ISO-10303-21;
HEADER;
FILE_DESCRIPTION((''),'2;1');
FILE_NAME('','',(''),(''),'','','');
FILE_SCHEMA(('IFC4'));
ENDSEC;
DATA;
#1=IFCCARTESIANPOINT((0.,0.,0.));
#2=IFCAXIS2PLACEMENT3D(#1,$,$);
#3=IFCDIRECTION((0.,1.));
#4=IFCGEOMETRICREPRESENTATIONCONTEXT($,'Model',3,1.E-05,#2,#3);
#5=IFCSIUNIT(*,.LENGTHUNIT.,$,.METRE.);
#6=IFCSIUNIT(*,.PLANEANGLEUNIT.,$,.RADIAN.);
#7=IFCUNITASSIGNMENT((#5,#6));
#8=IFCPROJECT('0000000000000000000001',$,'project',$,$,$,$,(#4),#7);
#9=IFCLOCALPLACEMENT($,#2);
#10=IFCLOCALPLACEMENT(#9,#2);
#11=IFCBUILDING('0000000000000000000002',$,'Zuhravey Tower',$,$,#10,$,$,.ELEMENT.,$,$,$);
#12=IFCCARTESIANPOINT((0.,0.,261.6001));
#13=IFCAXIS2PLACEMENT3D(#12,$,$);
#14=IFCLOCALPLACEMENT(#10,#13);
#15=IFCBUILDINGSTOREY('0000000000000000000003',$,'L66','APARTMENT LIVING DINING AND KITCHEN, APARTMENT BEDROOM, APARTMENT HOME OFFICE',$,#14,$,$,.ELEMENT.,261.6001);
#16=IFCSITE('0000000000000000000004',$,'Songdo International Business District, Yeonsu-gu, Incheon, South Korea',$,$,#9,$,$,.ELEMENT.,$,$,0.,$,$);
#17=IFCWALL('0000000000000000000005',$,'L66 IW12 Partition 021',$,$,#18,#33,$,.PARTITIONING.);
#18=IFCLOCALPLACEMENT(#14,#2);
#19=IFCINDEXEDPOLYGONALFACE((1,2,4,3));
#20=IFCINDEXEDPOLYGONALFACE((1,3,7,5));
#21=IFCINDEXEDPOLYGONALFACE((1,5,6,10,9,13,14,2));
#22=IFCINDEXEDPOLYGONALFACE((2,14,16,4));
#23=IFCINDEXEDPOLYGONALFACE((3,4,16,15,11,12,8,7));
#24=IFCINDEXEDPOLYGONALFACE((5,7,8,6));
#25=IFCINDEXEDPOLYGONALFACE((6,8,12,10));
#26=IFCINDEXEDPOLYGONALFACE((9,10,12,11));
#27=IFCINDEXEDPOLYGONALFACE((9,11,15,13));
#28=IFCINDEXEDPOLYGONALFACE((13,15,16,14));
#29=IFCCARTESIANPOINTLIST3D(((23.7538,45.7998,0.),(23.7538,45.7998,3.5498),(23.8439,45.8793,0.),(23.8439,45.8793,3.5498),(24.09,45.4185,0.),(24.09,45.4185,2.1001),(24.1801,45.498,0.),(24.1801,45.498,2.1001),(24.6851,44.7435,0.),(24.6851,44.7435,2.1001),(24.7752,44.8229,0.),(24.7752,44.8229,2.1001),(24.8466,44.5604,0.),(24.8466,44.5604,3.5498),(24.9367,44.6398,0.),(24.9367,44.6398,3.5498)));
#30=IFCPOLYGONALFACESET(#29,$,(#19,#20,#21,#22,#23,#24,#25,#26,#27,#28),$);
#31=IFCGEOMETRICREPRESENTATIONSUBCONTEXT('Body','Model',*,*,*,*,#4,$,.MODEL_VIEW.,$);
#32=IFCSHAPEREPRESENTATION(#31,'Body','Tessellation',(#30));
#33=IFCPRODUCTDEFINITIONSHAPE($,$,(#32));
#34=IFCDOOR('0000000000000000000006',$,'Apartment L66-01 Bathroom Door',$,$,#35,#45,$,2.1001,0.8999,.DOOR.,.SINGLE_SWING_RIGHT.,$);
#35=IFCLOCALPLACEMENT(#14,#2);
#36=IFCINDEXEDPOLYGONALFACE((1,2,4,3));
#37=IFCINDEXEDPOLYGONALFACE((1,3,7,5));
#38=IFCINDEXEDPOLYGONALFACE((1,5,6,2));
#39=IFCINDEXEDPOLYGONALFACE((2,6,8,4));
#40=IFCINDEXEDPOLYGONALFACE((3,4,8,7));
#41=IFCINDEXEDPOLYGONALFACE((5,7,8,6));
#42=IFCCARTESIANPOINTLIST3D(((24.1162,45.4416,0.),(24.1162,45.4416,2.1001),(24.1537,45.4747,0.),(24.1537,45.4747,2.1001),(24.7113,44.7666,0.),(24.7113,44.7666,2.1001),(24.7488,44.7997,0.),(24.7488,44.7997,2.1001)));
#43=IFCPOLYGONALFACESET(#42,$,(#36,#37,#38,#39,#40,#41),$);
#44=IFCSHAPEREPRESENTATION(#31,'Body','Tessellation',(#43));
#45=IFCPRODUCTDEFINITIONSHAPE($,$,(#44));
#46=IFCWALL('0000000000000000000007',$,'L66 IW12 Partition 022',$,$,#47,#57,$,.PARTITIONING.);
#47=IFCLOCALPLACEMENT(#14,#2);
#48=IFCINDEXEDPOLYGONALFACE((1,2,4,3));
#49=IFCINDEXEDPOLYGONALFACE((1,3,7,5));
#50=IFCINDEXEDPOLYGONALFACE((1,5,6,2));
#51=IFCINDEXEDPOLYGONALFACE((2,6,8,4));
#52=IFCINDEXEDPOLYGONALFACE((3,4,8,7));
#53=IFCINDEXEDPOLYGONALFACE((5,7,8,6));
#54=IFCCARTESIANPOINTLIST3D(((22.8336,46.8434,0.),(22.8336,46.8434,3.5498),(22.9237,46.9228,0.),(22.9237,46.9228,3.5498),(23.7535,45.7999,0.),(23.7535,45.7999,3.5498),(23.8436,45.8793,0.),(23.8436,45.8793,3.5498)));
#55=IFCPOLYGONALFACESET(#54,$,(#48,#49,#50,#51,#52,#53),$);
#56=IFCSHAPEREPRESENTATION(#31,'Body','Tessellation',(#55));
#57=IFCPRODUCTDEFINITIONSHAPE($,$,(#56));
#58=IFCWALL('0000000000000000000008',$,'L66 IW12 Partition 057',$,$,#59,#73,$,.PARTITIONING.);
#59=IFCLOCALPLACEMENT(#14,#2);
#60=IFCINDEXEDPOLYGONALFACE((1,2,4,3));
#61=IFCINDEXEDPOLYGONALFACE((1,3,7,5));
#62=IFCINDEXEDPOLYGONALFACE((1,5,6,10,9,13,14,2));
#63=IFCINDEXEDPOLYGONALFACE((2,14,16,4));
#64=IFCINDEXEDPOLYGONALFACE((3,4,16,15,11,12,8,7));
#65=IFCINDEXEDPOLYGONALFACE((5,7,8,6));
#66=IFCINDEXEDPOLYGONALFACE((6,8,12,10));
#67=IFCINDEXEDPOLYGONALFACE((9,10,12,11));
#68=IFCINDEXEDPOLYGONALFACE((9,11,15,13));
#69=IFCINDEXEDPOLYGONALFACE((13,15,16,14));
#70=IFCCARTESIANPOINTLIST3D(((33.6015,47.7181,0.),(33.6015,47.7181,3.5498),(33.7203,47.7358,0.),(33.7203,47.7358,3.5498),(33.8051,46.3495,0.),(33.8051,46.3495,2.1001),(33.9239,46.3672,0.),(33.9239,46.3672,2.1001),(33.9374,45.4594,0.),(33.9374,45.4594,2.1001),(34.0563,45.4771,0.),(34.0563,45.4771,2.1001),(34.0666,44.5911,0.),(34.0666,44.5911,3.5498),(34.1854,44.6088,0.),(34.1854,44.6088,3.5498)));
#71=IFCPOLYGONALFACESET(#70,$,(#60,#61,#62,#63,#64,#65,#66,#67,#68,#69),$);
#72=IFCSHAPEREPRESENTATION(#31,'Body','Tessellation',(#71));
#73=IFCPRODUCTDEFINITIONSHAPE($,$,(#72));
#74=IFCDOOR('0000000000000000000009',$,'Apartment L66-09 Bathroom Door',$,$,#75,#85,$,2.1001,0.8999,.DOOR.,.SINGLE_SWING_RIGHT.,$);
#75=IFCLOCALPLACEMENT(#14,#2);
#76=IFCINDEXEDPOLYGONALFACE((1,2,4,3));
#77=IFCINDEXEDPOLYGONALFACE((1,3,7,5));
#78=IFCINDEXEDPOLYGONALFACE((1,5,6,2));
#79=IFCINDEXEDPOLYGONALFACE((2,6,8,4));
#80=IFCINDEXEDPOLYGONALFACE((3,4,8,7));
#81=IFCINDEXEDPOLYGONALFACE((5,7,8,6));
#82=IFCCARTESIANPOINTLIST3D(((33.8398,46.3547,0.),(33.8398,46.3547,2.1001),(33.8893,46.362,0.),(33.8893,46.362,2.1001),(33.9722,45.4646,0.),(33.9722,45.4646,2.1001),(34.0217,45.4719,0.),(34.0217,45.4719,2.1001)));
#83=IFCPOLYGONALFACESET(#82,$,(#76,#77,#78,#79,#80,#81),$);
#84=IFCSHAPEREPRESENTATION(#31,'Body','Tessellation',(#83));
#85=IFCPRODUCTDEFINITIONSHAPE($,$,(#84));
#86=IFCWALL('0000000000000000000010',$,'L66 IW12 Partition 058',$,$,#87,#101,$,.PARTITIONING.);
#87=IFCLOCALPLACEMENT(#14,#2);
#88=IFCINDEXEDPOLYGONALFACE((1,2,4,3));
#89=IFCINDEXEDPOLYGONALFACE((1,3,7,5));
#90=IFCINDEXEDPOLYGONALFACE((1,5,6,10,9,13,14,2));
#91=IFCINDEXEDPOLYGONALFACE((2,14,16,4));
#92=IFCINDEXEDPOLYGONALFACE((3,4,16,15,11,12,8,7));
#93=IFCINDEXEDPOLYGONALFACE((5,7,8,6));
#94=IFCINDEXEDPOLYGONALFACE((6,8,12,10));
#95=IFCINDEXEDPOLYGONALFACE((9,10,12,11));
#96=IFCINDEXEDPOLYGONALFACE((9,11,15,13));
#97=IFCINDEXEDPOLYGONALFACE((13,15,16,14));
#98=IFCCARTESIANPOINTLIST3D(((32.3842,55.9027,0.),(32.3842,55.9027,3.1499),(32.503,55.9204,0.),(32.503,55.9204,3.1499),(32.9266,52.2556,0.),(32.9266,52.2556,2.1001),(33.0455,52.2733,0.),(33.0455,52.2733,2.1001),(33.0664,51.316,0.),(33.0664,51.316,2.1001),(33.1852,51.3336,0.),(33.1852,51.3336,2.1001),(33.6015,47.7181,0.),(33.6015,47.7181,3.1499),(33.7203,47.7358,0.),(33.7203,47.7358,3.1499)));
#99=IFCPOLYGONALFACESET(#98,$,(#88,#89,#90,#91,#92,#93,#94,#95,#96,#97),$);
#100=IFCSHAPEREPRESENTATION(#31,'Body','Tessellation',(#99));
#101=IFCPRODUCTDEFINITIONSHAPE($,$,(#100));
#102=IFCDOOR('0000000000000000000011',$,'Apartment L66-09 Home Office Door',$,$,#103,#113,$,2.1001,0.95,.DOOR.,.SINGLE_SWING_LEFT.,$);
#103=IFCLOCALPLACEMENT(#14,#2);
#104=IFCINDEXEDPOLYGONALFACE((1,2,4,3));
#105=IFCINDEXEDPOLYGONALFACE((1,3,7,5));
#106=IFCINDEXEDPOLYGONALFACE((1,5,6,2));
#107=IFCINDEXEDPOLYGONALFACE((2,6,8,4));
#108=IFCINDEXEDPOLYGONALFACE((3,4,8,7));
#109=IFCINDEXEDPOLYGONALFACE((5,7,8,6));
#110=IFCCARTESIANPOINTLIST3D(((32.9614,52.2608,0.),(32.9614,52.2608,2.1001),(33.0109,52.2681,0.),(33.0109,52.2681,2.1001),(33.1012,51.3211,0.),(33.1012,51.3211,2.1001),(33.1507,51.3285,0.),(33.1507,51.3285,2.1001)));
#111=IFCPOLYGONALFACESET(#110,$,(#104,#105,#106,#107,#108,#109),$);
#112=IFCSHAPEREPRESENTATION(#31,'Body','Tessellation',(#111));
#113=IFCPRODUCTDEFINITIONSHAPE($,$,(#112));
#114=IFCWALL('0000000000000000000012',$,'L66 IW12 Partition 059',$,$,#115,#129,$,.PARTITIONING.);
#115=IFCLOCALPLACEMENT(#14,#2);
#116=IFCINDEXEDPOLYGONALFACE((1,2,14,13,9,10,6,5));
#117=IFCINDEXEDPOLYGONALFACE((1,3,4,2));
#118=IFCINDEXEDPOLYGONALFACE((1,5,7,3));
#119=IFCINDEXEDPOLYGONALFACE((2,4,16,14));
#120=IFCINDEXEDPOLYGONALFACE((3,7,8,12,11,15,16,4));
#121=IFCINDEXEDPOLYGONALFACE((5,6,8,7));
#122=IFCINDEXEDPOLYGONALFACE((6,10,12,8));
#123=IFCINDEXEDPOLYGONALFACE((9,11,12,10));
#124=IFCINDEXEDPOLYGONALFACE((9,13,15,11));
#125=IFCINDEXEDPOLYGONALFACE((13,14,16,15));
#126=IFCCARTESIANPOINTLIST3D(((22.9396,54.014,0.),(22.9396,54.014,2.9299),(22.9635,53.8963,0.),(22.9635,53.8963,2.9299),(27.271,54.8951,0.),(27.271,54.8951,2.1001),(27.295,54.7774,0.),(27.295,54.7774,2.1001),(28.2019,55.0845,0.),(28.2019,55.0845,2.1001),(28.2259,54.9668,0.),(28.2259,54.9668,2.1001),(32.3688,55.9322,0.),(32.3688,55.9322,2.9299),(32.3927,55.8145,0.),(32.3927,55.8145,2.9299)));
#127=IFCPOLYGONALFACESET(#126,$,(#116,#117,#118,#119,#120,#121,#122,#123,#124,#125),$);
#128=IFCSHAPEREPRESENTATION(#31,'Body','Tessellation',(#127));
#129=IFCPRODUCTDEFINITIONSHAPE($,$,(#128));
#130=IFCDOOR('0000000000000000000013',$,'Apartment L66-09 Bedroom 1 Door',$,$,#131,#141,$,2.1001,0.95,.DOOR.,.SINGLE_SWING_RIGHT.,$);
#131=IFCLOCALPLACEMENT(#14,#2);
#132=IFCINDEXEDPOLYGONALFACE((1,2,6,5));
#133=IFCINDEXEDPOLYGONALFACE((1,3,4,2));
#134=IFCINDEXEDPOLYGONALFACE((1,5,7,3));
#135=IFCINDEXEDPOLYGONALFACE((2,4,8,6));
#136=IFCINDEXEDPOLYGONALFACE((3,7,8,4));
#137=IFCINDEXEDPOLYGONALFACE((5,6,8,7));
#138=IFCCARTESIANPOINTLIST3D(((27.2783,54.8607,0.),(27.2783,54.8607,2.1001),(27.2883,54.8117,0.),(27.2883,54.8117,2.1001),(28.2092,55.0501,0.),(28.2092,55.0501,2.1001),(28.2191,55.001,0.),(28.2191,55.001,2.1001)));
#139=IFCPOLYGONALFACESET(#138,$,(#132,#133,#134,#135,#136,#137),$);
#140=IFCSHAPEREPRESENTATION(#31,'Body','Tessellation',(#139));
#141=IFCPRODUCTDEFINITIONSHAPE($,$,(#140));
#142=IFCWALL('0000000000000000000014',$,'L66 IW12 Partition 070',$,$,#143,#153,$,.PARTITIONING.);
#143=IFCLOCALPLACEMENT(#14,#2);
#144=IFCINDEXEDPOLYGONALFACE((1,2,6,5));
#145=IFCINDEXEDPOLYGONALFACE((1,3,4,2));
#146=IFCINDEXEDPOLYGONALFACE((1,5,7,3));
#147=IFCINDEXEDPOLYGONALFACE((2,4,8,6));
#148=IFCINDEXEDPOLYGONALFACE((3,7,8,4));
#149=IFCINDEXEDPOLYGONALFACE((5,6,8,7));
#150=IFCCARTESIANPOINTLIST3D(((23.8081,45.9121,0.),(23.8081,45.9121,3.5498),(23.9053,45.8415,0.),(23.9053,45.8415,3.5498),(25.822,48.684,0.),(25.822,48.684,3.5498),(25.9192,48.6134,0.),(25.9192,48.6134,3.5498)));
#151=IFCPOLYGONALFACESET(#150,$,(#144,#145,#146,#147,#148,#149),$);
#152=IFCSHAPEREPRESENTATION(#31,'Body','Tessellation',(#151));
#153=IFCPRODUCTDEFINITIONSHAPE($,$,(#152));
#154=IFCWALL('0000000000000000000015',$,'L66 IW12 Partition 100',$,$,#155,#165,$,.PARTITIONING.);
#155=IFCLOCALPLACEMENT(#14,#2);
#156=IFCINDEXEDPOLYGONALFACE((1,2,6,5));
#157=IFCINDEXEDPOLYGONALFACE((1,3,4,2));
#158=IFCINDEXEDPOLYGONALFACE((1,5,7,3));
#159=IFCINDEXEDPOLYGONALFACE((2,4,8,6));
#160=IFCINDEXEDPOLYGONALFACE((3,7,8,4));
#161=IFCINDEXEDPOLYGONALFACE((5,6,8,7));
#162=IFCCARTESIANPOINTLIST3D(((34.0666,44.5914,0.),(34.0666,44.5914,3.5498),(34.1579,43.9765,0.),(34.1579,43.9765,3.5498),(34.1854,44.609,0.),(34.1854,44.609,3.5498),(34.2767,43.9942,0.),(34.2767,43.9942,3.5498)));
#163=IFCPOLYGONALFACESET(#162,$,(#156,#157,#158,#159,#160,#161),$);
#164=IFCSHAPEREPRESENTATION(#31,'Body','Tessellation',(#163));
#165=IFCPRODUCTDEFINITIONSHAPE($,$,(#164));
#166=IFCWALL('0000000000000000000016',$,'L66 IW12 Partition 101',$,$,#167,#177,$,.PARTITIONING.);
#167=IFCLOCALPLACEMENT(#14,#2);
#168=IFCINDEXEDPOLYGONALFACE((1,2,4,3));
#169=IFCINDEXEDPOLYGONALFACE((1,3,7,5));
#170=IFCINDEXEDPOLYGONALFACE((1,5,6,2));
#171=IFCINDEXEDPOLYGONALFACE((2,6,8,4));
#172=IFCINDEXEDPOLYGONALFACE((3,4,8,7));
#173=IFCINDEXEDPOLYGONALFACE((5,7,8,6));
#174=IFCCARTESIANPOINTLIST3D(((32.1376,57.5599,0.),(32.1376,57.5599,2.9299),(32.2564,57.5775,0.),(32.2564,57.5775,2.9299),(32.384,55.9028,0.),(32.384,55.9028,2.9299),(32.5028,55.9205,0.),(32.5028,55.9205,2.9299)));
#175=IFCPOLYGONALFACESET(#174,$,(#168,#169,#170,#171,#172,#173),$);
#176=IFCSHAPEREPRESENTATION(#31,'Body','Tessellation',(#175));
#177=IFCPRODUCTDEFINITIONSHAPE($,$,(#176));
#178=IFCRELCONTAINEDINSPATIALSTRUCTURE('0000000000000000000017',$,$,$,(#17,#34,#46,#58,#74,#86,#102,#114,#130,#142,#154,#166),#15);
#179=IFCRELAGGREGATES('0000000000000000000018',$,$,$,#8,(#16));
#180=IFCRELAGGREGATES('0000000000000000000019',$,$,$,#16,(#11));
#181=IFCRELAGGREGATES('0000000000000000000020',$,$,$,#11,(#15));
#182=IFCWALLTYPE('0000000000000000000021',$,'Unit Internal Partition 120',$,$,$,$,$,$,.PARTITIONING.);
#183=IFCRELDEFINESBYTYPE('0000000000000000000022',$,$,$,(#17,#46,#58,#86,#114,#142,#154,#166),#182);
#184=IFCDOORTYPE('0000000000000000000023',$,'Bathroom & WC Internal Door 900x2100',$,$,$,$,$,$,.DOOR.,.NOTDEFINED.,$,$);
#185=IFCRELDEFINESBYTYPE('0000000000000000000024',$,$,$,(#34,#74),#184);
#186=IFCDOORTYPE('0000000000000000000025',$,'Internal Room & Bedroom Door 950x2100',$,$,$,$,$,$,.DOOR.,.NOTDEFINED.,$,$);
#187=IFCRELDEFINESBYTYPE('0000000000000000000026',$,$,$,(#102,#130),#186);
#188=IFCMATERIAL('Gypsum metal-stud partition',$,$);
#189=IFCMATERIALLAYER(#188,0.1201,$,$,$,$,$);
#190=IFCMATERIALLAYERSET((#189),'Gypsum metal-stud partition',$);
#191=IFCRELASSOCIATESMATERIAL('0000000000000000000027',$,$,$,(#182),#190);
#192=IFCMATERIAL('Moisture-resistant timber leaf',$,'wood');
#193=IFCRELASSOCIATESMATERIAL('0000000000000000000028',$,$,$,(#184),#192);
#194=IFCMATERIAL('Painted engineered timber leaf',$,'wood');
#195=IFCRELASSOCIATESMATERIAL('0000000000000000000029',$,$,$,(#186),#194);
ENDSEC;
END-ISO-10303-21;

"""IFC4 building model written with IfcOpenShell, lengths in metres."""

from ifc_helpers import new_model, si_unit, direction, frame, frame_2d, origin, place, context, subcontext, project, spatial, rectangle, extrude, material, layer, layer_set, type_object, element, fill, save


model = new_model("IFC4")

# Units and contexts
model_context = context("Model", 3, precision=1e-05, world=origin(), true_north=direction((0.0, 1.0)))
body_context = subcontext(model_context, "Body", "Model", "MODEL_VIEW")
ifc_project = project(units=[si_unit("LENGTHUNIT", "METRE"), si_unit("PLANEANGLEUNIT", "RADIAN")], contexts=[model_context])

# Site, building, storey
site_placement = place(None, origin())
site = spatial("IfcSite", under=ifc_project, at=site_placement, Name="Songdo International Business District, Yeonsu-gu, Incheon, South Korea", CompositionType="ELEMENT", RefElevation=0.0)
building_placement = place(site_placement, origin())
building = spatial("IfcBuilding", under=site, at=building_placement, Name="Zuhravey Tower", CompositionType="ELEMENT")
storey_placement = place(building_placement, frame((0.0, 0.0, 261.6001)))
storey = spatial("IfcBuildingStorey", under=building, at=storey_placement, Name="L66", Description="APARTMENT LIVING DINING AND KITCHEN, APARTMENT BEDROOM, APARTMENT HOME OFFICE", CompositionType="ELEMENT", Elevation=261.6001)

# Wall, opening, door
ifc_material_1 = material(Name="Gypsum metal-stud partition")
ifc_layer_1 = layer(ifc_material_1, 0.1201)
ifc_layer_set_1 = layer_set([ifc_layer_1], Name="Gypsum metal-stud partition")
wall_type_1 = type_object("IfcWallType", Name="Unit Internal Partition 120", PredefinedType="PARTITIONING", material=ifc_layer_set_1)
wall_1_placement = place(storey_placement, frame((24.8916, 44.6001, 0.0), z_axis=(0.0, 0.0, 1.0), x_axis=(-0.661314, 0.750109, 0.0)))
wall_1 = element("IfcWall", 1, at=wall_1_placement, inside=storey, type_object=wall_type_1, Name="L66 IW12 Partition 021", PredefinedType="PARTITIONING", context=body_context, shape_type="SweptSolid", body=[
    extrude(rectangle(XDim=1.6523, YDim=0.1201, at=frame_2d((0.8262, 0.0))), origin(), (0.0, 0.0, 1.0), 3.5498),
])
opening_1_placement = place(wall_1_placement, frame((0.2441, 0.0, 0.0)))
opening_1 = element("IfcOpeningElement", 2, at=opening_1_placement, cuts=wall_1, PredefinedType="OPENING", context=body_context, shape_type="SweptSolid", body=[
    extrude(rectangle(XDim=0.8999, YDim=2.1001, at=frame_2d((0.45, 1.05))), frame((0.0, 0.072, 0.0), z_axis=(0.0, -1.0, 0.0), x_axis=(1.0, 0.0, 0.0)), (0.0, 0.0, 1.0), 0.144),
])
ifc_material_2 = material(Name="Moisture-resistant timber leaf", Category="wood")
door_type_1 = type_object("IfcDoorType", Name="Bathroom & WC Internal Door 900x2100", OperationType="NOTDEFINED", PredefinedType="DOOR", material=ifc_material_2)
door_1_placement = place(opening_1_placement, frame((0.8999, 0.0, 0.0), z_axis=(0.0, 0.0, 1.0), x_axis=(-1.0, 0.0, 0.0)))
door_1 = element("IfcDoor", 3, at=door_1_placement, inside=storey, type_object=door_type_1, Name="Apartment L66-01 Bathroom Door", OperationType="SINGLE_SWING_RIGHT", OverallHeight=2.1001, OverallWidth=0.8999, PredefinedType="DOOR", context=body_context, shape_type="SweptSolid", body=[
    extrude(rectangle(XDim=0.8999, YDim=2.1001, at=frame_2d((0.45, 1.05))), frame((0.0, 0.0249, 0.0), z_axis=(0.0, -1.0, 0.0), x_axis=(1.0, 0.0, 0.0)), (0.0, 0.0, 1.0), 0.05),
])
fill(opening_1, door_1)

# Wall
wall_2_placement = place(storey_placement, frame((23.7986, 45.8396, 0.0), z_axis=(0.0, 0.0, 1.0), x_axis=(-0.661308, 0.750114, 0.0)))
element("IfcWall", 4, at=wall_2_placement, inside=storey, type_object=wall_type_1, Name="L66 IW12 Partition 022", PredefinedType="PARTITIONING", context=body_context, shape_type="SweptSolid", body=[
    extrude(rectangle(XDim=1.3911, YDim=0.1201, at=frame_2d((0.6956, 0.0))), origin(), (0.0, 0.0, 1.0), 3.5498),
])

# Walls, openings, doors
wall_3_placement = place(storey_placement, frame((34.126, 44.6001, 0.0), z_axis=(0.0, 0.0, 1.0), x_axis=(-0.147117, 0.989119, 0.0)))
wall_3 = element("IfcWall", 5, at=wall_3_placement, inside=storey, type_object=wall_type_1, Name="L66 IW12 Partition 057", PredefinedType="PARTITIONING", context=body_context, shape_type="SweptSolid", body=[
    extrude(rectangle(XDim=3.1614, YDim=0.1201, at=frame_2d((1.5806, 0.0))), origin(), (0.0, 0.0, 1.0), 3.5498),
])
opening_2_placement = place(wall_3_placement, frame((0.8777, 0.0, 0.0)))
opening_2 = element("IfcOpeningElement", 6, at=opening_2_placement, cuts=wall_3, PredefinedType="OPENING", context=body_context, shape_type="SweptSolid", body=[
    extrude(rectangle(XDim=0.8999, YDim=2.1001, at=frame_2d((0.45, 1.05))), frame((0.0, 0.072, 0.0), z_axis=(0.0, -1.0, 0.0), x_axis=(1.0, 0.0, 0.0)), (0.0, 0.0, 1.0), 0.144),
])
door_2_placement = place(opening_2_placement, origin())
door_2 = element("IfcDoor", 7, at=door_2_placement, inside=storey, type_object=door_type_1, Name="Apartment L66-09 Bathroom Door", OperationType="SINGLE_SWING_RIGHT", OverallHeight=2.1001, OverallWidth=0.8999, PredefinedType="DOOR", context=body_context, shape_type="SweptSolid", body=[
    extrude(rectangle(XDim=0.8999, YDim=2.1001, at=frame_2d((0.45, 1.05))), frame((0.0, 0.0249, 0.0), z_axis=(0.0, -1.0, 0.0), x_axis=(1.0, 0.0, 0.0)), (0.0, 0.0, 1.0), 0.05),
])
fill(opening_2, door_2)
wall_4_placement = place(storey_placement, frame((33.6609, 47.7271, 0.0), z_axis=(0.0, 0.0, 1.0), x_axis=(-0.147111, 0.98912, 0.0)))
wall_4 = element("IfcWall", 8, at=wall_4_placement, inside=storey, type_object=wall_type_1, Name="L66 IW12 Partition 058", PredefinedType="PARTITIONING", context=body_context, shape_type="SweptSolid", body=[
    extrude(rectangle(XDim=8.2747, YDim=0.1201, at=frame_2d((4.1372, 0.0))), origin(), (0.0, 0.0, 1.0), 3.1499),
])
opening_3_placement = place(wall_4_placement, frame((3.6372, 0.0, 0.0)))
opening_3 = element("IfcOpeningElement", 9, at=opening_3_placement, cuts=wall_4, PredefinedType="OPENING", context=body_context, shape_type="SweptSolid", body=[
    extrude(rectangle(XDim=0.95, YDim=2.1001, at=frame_2d((0.4751, 1.05))), frame((0.0, 0.072, 0.0), z_axis=(0.0, -1.0, 0.0), x_axis=(1.0, 0.0, 0.0)), (0.0, 0.0, 1.0), 0.144),
])
ifc_material_3 = material(Name="Painted engineered timber leaf", Category="wood")
door_type_2 = type_object("IfcDoorType", Name="Internal Room & Bedroom Door 950x2100", OperationType="NOTDEFINED", PredefinedType="DOOR", material=ifc_material_3)
door_3_placement = place(opening_3_placement, origin())
door_3 = element("IfcDoor", 10, at=door_3_placement, inside=storey, type_object=door_type_2, Name="Apartment L66-09 Home Office Door", OperationType="SINGLE_SWING_LEFT", OverallHeight=2.1001, OverallWidth=0.95, PredefinedType="DOOR", context=body_context, shape_type="SweptSolid", body=[
    extrude(rectangle(XDim=0.95, YDim=2.1001, at=frame_2d((0.4751, 1.05))), frame((0.0, 0.0249, 0.0), z_axis=(0.0, -1.0, 0.0), x_axis=(1.0, 0.0, 0.0)), (0.0, 0.0, 1.0), 0.05),
])
fill(opening_3, door_3)
wall_5_placement = place(storey_placement, frame((32.3806, 55.8733, 0.0), z_axis=(0.0, 0.0, 1.0), x_axis=(-0.979928, -0.19935, 0.0)))
wall_5 = element("IfcWall", 11, at=wall_5_placement, inside=storey, type_object=wall_type_1, Name="L66 IW12 Partition 059", PredefinedType="PARTITIONING", context=body_context, shape_type="SweptSolid", body=[
    extrude(rectangle(XDim=9.6223, YDim=0.1201, at=frame_2d((4.811, 0.0))), origin(), (0.0, 0.0, 1.0), 2.9299),
])
opening_4_placement = place(wall_5_placement, frame((4.252, 0.0, 0.0)))
opening_4 = element("IfcOpeningElement", 12, at=opening_4_placement, cuts=wall_5, PredefinedType="OPENING", context=body_context, shape_type="SweptSolid", body=[
    extrude(rectangle(XDim=0.95, YDim=2.1001, at=frame_2d((0.4751, 1.05))), frame((0.0, 0.072, 0.0), z_axis=(0.0, -1.0, 0.0), x_axis=(1.0, 0.0, 0.0)), (0.0, 0.0, 1.0), 0.144),
])
door_4_placement = place(opening_4_placement, frame((0.95, 0.0, 0.0), z_axis=(0.0, 0.0, 1.0), x_axis=(-1.0, 0.0, 0.0)))
door_4 = element("IfcDoor", 13, at=door_4_placement, inside=storey, type_object=door_type_2, Name="Apartment L66-09 Bedroom 1 Door", OperationType="SINGLE_SWING_RIGHT", OverallHeight=2.1001, OverallWidth=0.95, PredefinedType="DOOR", context=body_context, shape_type="SweptSolid", body=[
    extrude(rectangle(XDim=0.95, YDim=2.1001, at=frame_2d((0.4751, 1.05))), frame((0.0, 0.0249, 0.0), z_axis=(0.0, -1.0, 0.0), x_axis=(1.0, 0.0, 0.0)), (0.0, 0.0, 1.0), 0.05),
])
fill(opening_4, door_4)

# Walls
wall_6_placement = place(storey_placement, frame((25.8706, 48.6487, 0.0), z_axis=(0.0, 0.0, 1.0), x_axis=(-0.587778, -0.809023, 0.0)))
element("IfcWall", 14, at=wall_6_placement, inside=storey, type_object=wall_type_1, Name="L66 IW12 Partition 070", PredefinedType="PARTITIONING", context=body_context, shape_type="SweptSolid", body=[
    extrude(rectangle(XDim=3.4263, YDim=0.1201, at=frame_2d((1.7131, 0.0))), origin(), (0.0, 0.0, 1.0), 3.5498),
])
wall_7_placement = place(storey_placement, frame((34.2173, 43.9854, 0.0), z_axis=(0.0, 0.0, 1.0), x_axis=(-0.146919, 0.989149, 0.0)))
element("IfcWall", 15, at=wall_7_placement, inside=storey, type_object=wall_type_1, Name="L66 IW12 Partition 100", PredefinedType="PARTITIONING", context=body_context, shape_type="SweptSolid", body=[
    extrude(rectangle(XDim=0.6216, YDim=0.1201, at=frame_2d((0.3108, 0.0))), origin(), (0.0, 0.0, 1.0), 3.5498),
])
wall_8_placement = place(storey_placement, frame((32.4434, 55.9116, 0.0), z_axis=(0.0, 0.0, 1.0), x_axis=(-0.14705, 0.989129, 0.0)))
element("IfcWall", 16, at=wall_8_placement, inside=storey, type_object=wall_type_1, Name="L66 IW12 Partition 101", PredefinedType="PARTITIONING", context=body_context, shape_type="SweptSolid", body=[
    extrude(rectangle(XDim=1.6753, YDim=0.1201, at=frame_2d((0.8376, 0.0))), origin(), (0.0, 0.0, 1.0), 2.9299),
])

save(model, "model.ifc")
